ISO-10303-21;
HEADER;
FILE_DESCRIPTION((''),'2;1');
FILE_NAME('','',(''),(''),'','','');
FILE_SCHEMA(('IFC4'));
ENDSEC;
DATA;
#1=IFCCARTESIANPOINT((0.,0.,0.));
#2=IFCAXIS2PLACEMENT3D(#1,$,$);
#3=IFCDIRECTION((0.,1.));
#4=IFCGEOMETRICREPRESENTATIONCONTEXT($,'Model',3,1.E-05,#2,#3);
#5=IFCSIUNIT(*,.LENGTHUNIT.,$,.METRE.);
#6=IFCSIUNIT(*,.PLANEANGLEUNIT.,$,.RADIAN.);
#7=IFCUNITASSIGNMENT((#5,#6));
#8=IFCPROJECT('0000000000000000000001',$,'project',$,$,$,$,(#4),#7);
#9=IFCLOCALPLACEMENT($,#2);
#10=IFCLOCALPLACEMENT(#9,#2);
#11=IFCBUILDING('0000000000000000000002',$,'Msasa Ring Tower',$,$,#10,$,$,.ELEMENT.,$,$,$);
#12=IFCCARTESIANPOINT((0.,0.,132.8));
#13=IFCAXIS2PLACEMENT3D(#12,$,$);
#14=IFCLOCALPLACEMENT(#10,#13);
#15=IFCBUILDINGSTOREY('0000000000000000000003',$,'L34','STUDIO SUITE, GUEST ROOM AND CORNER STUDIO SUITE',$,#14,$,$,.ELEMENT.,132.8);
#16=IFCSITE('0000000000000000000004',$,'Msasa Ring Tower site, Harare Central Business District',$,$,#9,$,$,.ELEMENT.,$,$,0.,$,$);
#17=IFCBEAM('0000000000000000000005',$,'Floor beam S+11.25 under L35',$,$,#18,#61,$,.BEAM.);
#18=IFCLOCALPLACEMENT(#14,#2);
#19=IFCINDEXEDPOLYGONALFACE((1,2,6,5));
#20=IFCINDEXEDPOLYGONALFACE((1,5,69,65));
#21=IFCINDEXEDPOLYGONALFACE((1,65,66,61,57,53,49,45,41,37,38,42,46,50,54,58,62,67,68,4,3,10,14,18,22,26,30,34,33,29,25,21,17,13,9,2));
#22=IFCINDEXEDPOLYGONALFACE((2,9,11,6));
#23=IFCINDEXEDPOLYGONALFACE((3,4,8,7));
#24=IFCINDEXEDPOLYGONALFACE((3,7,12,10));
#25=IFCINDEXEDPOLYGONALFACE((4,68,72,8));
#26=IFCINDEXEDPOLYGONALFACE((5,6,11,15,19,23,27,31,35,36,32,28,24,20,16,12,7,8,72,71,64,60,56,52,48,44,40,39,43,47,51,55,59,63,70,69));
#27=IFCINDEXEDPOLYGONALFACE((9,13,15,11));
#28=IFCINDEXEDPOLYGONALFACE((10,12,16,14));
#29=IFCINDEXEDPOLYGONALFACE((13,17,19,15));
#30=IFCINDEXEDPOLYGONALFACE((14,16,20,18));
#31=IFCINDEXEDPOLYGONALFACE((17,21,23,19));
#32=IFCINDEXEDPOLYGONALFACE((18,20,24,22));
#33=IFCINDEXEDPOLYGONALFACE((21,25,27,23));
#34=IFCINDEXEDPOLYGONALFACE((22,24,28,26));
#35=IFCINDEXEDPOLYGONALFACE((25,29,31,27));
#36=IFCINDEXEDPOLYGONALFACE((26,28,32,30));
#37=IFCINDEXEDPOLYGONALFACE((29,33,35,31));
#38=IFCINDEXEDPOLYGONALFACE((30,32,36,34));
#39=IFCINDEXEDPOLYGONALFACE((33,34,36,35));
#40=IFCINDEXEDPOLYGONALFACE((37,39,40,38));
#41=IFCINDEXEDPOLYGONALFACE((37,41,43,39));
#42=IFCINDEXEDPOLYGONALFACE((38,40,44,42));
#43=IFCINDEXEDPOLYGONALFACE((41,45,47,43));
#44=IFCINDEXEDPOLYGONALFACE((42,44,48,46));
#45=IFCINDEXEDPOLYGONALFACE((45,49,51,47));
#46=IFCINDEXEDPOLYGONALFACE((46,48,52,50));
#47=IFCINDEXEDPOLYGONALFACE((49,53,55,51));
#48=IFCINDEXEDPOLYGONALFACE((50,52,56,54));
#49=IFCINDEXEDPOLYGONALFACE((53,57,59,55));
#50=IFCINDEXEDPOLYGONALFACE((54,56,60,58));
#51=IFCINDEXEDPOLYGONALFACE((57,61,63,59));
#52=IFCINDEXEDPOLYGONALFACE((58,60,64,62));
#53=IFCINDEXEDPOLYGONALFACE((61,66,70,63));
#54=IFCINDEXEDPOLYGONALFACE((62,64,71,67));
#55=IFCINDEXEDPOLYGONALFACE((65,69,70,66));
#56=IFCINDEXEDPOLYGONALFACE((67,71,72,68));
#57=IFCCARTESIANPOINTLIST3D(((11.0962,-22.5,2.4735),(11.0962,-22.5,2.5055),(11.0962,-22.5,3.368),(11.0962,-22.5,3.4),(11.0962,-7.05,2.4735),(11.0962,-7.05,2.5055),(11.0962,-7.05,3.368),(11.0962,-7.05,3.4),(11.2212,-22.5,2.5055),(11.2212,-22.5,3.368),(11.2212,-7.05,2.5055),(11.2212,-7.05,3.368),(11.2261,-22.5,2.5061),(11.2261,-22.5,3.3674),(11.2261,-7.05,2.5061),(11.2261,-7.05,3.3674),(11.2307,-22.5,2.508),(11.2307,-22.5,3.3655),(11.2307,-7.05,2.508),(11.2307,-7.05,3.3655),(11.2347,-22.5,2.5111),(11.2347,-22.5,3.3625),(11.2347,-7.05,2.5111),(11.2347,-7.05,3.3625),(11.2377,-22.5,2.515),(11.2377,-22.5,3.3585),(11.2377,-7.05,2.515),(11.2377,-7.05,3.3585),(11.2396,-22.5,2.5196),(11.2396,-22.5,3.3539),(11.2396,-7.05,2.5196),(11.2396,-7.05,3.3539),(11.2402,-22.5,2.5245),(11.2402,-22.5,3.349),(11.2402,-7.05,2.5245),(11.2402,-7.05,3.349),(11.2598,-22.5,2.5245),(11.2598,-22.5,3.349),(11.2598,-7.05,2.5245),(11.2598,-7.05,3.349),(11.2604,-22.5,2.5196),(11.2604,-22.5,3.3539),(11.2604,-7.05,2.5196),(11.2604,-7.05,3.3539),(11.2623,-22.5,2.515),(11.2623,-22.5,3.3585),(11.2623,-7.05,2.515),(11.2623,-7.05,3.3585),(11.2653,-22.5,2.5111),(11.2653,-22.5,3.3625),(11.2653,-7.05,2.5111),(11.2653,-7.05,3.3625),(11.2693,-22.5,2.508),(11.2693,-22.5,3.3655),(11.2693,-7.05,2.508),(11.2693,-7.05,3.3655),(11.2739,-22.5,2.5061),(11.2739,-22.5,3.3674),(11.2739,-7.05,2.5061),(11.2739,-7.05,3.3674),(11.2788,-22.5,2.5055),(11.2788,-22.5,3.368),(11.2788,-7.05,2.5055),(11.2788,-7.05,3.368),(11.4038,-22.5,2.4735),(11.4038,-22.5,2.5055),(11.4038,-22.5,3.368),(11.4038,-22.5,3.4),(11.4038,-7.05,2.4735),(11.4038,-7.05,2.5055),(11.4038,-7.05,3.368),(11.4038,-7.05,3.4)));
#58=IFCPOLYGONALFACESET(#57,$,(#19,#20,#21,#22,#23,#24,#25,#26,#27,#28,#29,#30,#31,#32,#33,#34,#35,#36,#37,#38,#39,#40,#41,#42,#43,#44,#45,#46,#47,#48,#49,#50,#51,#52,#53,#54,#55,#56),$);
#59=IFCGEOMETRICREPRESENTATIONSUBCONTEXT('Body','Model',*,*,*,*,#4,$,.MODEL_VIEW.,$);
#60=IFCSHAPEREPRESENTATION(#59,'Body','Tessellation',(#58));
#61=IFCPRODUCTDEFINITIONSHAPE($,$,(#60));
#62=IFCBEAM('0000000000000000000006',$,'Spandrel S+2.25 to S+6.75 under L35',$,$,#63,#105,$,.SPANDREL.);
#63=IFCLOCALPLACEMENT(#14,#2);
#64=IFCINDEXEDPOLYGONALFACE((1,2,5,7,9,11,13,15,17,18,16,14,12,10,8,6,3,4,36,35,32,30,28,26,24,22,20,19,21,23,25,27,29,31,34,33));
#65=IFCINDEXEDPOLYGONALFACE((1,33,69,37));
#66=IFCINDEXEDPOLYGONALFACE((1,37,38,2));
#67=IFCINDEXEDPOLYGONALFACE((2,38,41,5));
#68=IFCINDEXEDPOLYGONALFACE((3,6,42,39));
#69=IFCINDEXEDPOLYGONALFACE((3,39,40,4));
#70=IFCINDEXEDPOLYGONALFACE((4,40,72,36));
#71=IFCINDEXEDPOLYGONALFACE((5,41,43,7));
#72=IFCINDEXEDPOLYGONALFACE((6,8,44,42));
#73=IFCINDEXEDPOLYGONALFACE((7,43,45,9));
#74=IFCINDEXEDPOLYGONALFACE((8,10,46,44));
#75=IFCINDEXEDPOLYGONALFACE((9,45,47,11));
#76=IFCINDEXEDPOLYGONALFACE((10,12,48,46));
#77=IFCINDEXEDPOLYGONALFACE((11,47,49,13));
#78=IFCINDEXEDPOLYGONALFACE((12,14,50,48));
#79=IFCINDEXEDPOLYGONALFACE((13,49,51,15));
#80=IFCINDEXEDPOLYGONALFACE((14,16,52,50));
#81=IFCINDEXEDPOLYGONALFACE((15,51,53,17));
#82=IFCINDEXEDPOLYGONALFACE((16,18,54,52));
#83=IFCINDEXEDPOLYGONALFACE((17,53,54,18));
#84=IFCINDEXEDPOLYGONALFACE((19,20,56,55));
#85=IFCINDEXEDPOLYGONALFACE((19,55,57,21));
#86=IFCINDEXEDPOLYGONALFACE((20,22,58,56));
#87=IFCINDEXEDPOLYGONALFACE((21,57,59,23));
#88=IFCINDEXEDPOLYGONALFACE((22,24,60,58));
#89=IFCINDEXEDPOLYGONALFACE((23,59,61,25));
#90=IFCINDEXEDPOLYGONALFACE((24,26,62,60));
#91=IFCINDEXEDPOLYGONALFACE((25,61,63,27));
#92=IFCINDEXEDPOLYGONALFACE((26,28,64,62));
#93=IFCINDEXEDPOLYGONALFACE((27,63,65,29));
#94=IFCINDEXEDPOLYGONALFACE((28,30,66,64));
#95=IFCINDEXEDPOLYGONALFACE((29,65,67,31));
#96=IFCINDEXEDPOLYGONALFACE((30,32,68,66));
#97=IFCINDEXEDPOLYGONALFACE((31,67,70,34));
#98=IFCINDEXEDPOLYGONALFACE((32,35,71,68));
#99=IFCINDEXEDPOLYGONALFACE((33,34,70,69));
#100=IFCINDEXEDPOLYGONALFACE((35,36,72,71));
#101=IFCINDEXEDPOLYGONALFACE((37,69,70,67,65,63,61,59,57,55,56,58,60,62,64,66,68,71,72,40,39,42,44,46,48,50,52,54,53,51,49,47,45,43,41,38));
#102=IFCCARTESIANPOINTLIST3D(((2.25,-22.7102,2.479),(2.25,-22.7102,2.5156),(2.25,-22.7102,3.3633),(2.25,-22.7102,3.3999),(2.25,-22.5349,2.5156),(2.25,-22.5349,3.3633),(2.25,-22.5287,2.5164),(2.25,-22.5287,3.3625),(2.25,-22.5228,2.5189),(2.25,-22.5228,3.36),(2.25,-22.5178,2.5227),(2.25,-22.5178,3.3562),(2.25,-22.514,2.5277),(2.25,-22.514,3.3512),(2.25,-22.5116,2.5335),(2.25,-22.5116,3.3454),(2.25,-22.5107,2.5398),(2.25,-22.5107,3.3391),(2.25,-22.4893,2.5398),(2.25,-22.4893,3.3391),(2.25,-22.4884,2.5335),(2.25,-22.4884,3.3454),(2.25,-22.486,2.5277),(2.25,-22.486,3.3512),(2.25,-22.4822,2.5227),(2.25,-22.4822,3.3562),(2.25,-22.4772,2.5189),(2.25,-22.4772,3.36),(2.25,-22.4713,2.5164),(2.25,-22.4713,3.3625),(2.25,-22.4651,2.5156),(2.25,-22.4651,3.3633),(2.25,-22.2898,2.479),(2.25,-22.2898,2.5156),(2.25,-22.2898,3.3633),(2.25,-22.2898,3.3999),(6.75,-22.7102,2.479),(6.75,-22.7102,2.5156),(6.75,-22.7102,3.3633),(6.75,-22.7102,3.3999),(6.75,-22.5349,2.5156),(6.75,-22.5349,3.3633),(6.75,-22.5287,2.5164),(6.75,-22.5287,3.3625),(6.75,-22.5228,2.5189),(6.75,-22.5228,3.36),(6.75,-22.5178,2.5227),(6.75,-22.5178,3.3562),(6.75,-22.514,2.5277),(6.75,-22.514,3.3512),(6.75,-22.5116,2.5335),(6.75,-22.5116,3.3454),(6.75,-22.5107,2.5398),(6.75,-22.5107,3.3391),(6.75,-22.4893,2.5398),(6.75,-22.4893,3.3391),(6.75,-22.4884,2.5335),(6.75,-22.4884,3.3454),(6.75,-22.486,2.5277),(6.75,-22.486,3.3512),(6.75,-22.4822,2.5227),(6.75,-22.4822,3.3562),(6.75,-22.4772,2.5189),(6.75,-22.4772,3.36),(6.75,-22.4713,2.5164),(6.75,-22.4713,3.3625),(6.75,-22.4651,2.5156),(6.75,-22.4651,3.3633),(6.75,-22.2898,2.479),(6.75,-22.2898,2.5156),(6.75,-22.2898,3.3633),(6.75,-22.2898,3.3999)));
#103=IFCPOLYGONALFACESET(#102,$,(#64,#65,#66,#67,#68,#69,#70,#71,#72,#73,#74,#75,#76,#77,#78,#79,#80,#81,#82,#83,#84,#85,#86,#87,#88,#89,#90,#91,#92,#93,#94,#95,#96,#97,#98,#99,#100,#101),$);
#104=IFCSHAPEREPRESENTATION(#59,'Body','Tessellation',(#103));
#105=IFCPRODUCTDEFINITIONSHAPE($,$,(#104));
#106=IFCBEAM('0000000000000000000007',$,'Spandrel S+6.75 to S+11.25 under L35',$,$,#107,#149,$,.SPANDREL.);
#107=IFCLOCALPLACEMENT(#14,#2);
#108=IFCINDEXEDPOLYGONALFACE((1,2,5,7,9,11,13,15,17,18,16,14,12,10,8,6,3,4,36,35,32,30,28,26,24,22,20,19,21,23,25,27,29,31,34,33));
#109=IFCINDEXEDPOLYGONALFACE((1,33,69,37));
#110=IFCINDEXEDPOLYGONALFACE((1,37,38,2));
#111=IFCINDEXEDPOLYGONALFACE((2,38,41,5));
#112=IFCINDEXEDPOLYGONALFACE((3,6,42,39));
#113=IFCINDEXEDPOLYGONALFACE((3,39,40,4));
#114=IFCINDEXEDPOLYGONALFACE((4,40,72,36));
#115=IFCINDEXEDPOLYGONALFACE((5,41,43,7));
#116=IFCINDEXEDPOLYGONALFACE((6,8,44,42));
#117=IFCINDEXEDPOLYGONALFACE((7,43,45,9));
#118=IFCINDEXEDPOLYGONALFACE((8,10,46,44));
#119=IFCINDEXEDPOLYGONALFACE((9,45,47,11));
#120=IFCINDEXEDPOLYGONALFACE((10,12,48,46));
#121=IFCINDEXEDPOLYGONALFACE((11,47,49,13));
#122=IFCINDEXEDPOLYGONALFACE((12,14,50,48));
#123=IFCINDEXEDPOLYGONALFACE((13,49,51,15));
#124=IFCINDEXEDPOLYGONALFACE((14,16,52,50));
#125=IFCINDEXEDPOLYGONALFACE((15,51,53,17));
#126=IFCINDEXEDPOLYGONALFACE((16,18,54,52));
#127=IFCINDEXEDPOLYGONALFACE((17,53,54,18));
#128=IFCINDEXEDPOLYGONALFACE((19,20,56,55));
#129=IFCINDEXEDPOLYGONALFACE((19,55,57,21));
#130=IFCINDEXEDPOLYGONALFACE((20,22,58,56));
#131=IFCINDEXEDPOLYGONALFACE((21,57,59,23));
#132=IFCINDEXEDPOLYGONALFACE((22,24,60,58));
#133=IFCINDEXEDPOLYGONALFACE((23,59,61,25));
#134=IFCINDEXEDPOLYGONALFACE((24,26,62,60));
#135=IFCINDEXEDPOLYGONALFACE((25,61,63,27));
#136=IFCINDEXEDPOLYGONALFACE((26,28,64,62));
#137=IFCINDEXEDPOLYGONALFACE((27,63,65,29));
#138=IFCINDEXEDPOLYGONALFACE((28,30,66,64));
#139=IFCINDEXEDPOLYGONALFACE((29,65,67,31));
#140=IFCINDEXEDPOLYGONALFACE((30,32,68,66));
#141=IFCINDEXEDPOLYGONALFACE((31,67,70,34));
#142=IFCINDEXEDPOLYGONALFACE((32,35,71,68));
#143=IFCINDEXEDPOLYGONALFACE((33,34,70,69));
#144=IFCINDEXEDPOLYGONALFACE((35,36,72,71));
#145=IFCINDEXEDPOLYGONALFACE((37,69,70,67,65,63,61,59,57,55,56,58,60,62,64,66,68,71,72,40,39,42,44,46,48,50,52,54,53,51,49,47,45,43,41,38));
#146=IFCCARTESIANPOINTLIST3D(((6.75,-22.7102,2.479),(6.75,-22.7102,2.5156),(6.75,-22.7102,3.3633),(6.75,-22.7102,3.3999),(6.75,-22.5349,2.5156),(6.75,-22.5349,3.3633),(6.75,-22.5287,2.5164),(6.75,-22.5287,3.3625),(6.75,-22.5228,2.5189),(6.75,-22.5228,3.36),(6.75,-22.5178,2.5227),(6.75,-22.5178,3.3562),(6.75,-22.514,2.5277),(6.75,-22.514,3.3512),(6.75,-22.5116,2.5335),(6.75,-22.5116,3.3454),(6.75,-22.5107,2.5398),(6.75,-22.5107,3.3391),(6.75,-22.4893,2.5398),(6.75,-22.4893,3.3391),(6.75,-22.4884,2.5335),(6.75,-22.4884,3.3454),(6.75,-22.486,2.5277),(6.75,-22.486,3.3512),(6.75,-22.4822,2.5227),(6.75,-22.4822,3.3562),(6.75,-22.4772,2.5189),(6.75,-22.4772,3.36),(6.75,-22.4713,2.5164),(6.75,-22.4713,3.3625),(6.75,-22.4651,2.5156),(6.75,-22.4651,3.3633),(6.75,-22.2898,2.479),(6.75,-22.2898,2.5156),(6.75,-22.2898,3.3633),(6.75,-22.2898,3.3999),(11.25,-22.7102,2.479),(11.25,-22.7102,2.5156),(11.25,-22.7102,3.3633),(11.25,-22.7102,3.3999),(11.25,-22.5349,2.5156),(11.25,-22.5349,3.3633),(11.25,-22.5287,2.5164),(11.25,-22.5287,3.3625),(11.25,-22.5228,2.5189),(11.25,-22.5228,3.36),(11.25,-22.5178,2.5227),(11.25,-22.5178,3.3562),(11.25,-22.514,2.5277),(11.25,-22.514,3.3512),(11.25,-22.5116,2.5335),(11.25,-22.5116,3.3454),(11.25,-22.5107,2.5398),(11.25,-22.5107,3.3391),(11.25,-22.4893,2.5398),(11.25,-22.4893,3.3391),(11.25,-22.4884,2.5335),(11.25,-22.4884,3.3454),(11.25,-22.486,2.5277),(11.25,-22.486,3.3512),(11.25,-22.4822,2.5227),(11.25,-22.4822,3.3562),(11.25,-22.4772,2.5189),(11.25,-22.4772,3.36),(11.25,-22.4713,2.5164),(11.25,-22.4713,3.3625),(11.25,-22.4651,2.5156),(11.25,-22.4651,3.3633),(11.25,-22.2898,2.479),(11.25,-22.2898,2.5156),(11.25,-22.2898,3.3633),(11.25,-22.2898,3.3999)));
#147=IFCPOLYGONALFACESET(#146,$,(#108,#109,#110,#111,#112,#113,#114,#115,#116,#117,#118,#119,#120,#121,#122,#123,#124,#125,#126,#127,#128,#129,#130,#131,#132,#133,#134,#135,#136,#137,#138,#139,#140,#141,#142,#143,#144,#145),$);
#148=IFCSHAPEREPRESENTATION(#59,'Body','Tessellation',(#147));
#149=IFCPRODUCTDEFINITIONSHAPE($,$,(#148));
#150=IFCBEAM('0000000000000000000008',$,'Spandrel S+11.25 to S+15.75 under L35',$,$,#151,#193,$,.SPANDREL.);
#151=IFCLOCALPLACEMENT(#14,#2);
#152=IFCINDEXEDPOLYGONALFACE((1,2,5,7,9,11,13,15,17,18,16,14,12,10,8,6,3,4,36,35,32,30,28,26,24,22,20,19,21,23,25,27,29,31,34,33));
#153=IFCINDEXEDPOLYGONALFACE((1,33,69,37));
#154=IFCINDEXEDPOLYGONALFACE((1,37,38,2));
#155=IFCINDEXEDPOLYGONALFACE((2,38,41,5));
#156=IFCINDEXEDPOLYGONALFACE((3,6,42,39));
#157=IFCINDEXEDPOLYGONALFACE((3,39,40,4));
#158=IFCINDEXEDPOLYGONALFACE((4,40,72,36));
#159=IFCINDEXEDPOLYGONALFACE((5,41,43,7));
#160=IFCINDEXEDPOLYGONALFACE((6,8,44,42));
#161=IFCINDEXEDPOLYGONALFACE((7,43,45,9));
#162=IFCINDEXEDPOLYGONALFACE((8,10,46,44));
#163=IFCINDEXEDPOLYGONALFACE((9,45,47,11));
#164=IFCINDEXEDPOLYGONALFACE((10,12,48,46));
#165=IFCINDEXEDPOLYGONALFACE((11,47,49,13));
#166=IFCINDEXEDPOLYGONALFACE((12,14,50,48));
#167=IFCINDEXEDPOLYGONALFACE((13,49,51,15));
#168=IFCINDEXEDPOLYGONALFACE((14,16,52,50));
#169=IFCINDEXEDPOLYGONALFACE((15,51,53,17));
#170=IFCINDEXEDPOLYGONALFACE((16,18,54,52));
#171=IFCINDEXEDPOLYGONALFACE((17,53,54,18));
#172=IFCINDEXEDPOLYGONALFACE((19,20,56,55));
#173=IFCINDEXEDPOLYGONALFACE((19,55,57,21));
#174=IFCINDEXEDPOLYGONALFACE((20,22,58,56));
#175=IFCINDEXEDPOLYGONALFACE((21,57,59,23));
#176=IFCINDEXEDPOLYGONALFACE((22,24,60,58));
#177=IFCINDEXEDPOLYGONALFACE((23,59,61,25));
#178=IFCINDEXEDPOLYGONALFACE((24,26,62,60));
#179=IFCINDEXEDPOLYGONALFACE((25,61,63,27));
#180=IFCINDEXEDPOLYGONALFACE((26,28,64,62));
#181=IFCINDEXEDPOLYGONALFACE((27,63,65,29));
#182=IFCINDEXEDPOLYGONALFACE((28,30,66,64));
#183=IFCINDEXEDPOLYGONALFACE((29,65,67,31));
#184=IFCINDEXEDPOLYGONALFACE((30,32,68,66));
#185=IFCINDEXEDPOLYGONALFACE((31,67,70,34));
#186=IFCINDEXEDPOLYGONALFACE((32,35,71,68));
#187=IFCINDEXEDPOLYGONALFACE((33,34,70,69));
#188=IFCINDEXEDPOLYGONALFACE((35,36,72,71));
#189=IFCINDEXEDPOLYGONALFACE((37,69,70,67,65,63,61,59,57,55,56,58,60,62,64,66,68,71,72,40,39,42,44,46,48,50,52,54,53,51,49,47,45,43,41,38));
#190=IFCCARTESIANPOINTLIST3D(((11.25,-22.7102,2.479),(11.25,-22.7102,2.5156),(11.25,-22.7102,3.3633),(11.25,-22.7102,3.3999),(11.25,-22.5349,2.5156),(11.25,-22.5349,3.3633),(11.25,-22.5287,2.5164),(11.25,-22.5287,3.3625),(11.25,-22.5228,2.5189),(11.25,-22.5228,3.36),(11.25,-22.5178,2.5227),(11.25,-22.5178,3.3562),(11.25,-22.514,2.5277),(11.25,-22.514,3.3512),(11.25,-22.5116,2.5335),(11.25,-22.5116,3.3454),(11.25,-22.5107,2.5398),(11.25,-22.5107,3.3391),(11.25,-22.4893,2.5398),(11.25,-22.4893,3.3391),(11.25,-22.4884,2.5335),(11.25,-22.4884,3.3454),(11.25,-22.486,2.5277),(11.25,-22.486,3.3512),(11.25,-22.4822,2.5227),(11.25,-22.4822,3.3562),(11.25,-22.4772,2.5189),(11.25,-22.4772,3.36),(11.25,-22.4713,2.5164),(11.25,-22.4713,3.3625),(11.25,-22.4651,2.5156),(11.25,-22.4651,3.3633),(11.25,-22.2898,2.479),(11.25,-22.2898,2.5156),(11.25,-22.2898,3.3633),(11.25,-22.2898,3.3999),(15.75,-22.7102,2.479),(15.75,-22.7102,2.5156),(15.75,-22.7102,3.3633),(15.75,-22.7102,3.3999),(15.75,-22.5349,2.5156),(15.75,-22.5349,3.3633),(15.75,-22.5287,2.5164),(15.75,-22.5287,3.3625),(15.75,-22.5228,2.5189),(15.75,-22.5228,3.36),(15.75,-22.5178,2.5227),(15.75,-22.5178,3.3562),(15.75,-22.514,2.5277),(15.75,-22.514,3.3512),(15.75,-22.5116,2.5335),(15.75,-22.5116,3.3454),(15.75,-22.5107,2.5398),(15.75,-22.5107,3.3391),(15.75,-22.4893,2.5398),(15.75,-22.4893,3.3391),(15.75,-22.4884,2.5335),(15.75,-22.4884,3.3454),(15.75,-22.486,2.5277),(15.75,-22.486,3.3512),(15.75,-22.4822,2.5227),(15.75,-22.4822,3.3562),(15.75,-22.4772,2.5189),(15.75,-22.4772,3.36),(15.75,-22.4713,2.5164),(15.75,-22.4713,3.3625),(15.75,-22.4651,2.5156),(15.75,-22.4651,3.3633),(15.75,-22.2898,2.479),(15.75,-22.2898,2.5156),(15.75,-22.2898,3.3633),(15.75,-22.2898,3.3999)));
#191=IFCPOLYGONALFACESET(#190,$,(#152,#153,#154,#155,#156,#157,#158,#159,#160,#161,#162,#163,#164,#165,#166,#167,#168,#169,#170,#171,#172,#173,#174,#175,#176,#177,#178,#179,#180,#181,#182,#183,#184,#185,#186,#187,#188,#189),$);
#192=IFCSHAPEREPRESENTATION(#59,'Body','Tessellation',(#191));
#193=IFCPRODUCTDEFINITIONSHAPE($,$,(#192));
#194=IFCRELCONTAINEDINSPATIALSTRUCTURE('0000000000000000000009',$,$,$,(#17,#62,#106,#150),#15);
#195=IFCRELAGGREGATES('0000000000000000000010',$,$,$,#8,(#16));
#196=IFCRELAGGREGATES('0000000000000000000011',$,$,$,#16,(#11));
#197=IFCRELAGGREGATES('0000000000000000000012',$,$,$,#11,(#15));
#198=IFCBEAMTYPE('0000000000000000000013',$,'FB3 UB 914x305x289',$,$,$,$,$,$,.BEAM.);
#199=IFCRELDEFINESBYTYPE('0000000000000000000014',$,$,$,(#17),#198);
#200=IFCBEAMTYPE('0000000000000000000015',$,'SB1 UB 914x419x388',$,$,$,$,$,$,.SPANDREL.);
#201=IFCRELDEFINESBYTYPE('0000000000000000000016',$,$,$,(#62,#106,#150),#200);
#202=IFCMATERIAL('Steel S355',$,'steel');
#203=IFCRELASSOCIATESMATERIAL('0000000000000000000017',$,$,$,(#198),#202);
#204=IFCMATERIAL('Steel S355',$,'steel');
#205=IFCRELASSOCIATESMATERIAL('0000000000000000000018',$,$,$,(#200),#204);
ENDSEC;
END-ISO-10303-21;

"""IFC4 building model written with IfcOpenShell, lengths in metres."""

from ifc_helpers import new_model, si_unit, direction, frame, origin, origin_2d, place, context, subcontext, project, spatial, i_section, extrude, material, material_profile, profile_set, type_object, element, save


model = new_model("IFC4")

# Units and contexts
model_context = context("Model", 3, precision=1e-05, world=origin(), true_north=direction((0.0, 1.0)))
body_context = subcontext(model_context, "Body", "Model", "MODEL_VIEW")
ifc_project = project(units=[si_unit("LENGTHUNIT", "METRE"), si_unit("PLANEANGLEUNIT", "RADIAN")], contexts=[model_context])

# Site, building, storey
site_placement = place(None, origin())
site = spatial("IfcSite", under=ifc_project, at=site_placement, Name="Msasa Ring Tower site, Harare Central Business District", CompositionType="ELEMENT", RefElevation=0.0)
building_placement = place(site_placement, origin())
building = spatial("IfcBuilding", under=site, at=building_placement, Name="Msasa Ring Tower", CompositionType="ELEMENT")
storey_placement = place(building_placement, frame((0.0, 0.0, 132.8)))
storey = spatial("IfcBuildingStorey", under=building, at=storey_placement, Name="L34", Description="STUDIO SUITE, GUEST ROOM AND CORNER STUDIO SUITE", CompositionType="ELEMENT", Elevation=132.8)

# Beams
ifc_material_1 = material(Name="Steel S355", Category="steel")
ifc_material_profile_1 = material_profile(ifc_material_1, i_section(OverallWidth=0.3076, OverallDepth=0.9265, WebThickness=0.0195, FlangeThickness=0.032, FilletRadius=0.019, at=origin_2d()), Name="UB 914x305x289")
ifc_profile_set_1 = profile_set([ifc_material_profile_1], Name="Steel S355")
beam_type_1 = type_object("IfcBeamType", Name="FB3 UB 914x305x289", PredefinedType="BEAM", material=ifc_profile_set_1)
beam_placement = place(storey_placement, frame((11.25, -22.5, 2.9368), z_axis=(0.0, 1.0, 0.0), x_axis=(-1.0, 0.0, 0.0)))
element("IfcBeam", 1, at=beam_placement, inside=storey, type_object=beam_type_1, Name="Floor beam S+11.25 under L35", PredefinedType="BEAM", context=body_context, shape_type="SweptSolid", body=[
    extrude(i_section(OverallWidth=0.3076, OverallDepth=0.9265, WebThickness=0.0195, FlangeThickness=0.032, FilletRadius=0.019, at=origin_2d()), origin(), (0.0, 0.0, 1.0), 15.45),
])
ifc_material_2 = material(Name="Steel S355", Category="steel")
ifc_material_profile_2 = material_profile(ifc_material_2, i_section(OverallWidth=0.4204, OverallDepth=0.9209, WebThickness=0.0215, FlangeThickness=0.0366, FilletRadius=0.0242, at=origin_2d()), Name="UB 914x419x388")
ifc_profile_set_2 = profile_set([ifc_material_profile_2], Name="Steel S355")
beam_type_2 = type_object("IfcBeamType", Name="SB1 UB 914x419x388", PredefinedType="SPANDREL", material=ifc_profile_set_2)
for number, where, z_axis, x_axis, name in (
    (2, (2.25, -22.5, 2.9395), (1.0, 0.0, 0.0), (0.0, 1.0, 0.0), "Spandrel S+2.25 to S+6.75 under L35"),
    (3, (6.75, -22.5, 2.9395), (1.0, 0.0, 0.0), (0.0, 1.0, 0.0), "Spandrel S+6.75 to S+11.25 under L35"),
    (4, (11.25, -22.5, 2.9395), (1.0, 0.0, 0.0), (0.0, 1.0, 0.0), "Spandrel S+11.25 to S+15.75 under L35"),
):
    element("IfcBeam", number, at=place(storey_placement, frame(where, z_axis=z_axis, x_axis=x_axis)), inside=storey, type_object=beam_type_2, Name=name, PredefinedType="SPANDREL", context=body_context, shape_type="SweptSolid", body=[
        extrude(i_section(OverallWidth=0.4204, OverallDepth=0.9209, WebThickness=0.0215, FlangeThickness=0.0366, FilletRadius=0.0242, at=origin_2d()), origin(), (0.0, 0.0, 1.0), 4.5),
    ])

save(model, "model.ifc")
